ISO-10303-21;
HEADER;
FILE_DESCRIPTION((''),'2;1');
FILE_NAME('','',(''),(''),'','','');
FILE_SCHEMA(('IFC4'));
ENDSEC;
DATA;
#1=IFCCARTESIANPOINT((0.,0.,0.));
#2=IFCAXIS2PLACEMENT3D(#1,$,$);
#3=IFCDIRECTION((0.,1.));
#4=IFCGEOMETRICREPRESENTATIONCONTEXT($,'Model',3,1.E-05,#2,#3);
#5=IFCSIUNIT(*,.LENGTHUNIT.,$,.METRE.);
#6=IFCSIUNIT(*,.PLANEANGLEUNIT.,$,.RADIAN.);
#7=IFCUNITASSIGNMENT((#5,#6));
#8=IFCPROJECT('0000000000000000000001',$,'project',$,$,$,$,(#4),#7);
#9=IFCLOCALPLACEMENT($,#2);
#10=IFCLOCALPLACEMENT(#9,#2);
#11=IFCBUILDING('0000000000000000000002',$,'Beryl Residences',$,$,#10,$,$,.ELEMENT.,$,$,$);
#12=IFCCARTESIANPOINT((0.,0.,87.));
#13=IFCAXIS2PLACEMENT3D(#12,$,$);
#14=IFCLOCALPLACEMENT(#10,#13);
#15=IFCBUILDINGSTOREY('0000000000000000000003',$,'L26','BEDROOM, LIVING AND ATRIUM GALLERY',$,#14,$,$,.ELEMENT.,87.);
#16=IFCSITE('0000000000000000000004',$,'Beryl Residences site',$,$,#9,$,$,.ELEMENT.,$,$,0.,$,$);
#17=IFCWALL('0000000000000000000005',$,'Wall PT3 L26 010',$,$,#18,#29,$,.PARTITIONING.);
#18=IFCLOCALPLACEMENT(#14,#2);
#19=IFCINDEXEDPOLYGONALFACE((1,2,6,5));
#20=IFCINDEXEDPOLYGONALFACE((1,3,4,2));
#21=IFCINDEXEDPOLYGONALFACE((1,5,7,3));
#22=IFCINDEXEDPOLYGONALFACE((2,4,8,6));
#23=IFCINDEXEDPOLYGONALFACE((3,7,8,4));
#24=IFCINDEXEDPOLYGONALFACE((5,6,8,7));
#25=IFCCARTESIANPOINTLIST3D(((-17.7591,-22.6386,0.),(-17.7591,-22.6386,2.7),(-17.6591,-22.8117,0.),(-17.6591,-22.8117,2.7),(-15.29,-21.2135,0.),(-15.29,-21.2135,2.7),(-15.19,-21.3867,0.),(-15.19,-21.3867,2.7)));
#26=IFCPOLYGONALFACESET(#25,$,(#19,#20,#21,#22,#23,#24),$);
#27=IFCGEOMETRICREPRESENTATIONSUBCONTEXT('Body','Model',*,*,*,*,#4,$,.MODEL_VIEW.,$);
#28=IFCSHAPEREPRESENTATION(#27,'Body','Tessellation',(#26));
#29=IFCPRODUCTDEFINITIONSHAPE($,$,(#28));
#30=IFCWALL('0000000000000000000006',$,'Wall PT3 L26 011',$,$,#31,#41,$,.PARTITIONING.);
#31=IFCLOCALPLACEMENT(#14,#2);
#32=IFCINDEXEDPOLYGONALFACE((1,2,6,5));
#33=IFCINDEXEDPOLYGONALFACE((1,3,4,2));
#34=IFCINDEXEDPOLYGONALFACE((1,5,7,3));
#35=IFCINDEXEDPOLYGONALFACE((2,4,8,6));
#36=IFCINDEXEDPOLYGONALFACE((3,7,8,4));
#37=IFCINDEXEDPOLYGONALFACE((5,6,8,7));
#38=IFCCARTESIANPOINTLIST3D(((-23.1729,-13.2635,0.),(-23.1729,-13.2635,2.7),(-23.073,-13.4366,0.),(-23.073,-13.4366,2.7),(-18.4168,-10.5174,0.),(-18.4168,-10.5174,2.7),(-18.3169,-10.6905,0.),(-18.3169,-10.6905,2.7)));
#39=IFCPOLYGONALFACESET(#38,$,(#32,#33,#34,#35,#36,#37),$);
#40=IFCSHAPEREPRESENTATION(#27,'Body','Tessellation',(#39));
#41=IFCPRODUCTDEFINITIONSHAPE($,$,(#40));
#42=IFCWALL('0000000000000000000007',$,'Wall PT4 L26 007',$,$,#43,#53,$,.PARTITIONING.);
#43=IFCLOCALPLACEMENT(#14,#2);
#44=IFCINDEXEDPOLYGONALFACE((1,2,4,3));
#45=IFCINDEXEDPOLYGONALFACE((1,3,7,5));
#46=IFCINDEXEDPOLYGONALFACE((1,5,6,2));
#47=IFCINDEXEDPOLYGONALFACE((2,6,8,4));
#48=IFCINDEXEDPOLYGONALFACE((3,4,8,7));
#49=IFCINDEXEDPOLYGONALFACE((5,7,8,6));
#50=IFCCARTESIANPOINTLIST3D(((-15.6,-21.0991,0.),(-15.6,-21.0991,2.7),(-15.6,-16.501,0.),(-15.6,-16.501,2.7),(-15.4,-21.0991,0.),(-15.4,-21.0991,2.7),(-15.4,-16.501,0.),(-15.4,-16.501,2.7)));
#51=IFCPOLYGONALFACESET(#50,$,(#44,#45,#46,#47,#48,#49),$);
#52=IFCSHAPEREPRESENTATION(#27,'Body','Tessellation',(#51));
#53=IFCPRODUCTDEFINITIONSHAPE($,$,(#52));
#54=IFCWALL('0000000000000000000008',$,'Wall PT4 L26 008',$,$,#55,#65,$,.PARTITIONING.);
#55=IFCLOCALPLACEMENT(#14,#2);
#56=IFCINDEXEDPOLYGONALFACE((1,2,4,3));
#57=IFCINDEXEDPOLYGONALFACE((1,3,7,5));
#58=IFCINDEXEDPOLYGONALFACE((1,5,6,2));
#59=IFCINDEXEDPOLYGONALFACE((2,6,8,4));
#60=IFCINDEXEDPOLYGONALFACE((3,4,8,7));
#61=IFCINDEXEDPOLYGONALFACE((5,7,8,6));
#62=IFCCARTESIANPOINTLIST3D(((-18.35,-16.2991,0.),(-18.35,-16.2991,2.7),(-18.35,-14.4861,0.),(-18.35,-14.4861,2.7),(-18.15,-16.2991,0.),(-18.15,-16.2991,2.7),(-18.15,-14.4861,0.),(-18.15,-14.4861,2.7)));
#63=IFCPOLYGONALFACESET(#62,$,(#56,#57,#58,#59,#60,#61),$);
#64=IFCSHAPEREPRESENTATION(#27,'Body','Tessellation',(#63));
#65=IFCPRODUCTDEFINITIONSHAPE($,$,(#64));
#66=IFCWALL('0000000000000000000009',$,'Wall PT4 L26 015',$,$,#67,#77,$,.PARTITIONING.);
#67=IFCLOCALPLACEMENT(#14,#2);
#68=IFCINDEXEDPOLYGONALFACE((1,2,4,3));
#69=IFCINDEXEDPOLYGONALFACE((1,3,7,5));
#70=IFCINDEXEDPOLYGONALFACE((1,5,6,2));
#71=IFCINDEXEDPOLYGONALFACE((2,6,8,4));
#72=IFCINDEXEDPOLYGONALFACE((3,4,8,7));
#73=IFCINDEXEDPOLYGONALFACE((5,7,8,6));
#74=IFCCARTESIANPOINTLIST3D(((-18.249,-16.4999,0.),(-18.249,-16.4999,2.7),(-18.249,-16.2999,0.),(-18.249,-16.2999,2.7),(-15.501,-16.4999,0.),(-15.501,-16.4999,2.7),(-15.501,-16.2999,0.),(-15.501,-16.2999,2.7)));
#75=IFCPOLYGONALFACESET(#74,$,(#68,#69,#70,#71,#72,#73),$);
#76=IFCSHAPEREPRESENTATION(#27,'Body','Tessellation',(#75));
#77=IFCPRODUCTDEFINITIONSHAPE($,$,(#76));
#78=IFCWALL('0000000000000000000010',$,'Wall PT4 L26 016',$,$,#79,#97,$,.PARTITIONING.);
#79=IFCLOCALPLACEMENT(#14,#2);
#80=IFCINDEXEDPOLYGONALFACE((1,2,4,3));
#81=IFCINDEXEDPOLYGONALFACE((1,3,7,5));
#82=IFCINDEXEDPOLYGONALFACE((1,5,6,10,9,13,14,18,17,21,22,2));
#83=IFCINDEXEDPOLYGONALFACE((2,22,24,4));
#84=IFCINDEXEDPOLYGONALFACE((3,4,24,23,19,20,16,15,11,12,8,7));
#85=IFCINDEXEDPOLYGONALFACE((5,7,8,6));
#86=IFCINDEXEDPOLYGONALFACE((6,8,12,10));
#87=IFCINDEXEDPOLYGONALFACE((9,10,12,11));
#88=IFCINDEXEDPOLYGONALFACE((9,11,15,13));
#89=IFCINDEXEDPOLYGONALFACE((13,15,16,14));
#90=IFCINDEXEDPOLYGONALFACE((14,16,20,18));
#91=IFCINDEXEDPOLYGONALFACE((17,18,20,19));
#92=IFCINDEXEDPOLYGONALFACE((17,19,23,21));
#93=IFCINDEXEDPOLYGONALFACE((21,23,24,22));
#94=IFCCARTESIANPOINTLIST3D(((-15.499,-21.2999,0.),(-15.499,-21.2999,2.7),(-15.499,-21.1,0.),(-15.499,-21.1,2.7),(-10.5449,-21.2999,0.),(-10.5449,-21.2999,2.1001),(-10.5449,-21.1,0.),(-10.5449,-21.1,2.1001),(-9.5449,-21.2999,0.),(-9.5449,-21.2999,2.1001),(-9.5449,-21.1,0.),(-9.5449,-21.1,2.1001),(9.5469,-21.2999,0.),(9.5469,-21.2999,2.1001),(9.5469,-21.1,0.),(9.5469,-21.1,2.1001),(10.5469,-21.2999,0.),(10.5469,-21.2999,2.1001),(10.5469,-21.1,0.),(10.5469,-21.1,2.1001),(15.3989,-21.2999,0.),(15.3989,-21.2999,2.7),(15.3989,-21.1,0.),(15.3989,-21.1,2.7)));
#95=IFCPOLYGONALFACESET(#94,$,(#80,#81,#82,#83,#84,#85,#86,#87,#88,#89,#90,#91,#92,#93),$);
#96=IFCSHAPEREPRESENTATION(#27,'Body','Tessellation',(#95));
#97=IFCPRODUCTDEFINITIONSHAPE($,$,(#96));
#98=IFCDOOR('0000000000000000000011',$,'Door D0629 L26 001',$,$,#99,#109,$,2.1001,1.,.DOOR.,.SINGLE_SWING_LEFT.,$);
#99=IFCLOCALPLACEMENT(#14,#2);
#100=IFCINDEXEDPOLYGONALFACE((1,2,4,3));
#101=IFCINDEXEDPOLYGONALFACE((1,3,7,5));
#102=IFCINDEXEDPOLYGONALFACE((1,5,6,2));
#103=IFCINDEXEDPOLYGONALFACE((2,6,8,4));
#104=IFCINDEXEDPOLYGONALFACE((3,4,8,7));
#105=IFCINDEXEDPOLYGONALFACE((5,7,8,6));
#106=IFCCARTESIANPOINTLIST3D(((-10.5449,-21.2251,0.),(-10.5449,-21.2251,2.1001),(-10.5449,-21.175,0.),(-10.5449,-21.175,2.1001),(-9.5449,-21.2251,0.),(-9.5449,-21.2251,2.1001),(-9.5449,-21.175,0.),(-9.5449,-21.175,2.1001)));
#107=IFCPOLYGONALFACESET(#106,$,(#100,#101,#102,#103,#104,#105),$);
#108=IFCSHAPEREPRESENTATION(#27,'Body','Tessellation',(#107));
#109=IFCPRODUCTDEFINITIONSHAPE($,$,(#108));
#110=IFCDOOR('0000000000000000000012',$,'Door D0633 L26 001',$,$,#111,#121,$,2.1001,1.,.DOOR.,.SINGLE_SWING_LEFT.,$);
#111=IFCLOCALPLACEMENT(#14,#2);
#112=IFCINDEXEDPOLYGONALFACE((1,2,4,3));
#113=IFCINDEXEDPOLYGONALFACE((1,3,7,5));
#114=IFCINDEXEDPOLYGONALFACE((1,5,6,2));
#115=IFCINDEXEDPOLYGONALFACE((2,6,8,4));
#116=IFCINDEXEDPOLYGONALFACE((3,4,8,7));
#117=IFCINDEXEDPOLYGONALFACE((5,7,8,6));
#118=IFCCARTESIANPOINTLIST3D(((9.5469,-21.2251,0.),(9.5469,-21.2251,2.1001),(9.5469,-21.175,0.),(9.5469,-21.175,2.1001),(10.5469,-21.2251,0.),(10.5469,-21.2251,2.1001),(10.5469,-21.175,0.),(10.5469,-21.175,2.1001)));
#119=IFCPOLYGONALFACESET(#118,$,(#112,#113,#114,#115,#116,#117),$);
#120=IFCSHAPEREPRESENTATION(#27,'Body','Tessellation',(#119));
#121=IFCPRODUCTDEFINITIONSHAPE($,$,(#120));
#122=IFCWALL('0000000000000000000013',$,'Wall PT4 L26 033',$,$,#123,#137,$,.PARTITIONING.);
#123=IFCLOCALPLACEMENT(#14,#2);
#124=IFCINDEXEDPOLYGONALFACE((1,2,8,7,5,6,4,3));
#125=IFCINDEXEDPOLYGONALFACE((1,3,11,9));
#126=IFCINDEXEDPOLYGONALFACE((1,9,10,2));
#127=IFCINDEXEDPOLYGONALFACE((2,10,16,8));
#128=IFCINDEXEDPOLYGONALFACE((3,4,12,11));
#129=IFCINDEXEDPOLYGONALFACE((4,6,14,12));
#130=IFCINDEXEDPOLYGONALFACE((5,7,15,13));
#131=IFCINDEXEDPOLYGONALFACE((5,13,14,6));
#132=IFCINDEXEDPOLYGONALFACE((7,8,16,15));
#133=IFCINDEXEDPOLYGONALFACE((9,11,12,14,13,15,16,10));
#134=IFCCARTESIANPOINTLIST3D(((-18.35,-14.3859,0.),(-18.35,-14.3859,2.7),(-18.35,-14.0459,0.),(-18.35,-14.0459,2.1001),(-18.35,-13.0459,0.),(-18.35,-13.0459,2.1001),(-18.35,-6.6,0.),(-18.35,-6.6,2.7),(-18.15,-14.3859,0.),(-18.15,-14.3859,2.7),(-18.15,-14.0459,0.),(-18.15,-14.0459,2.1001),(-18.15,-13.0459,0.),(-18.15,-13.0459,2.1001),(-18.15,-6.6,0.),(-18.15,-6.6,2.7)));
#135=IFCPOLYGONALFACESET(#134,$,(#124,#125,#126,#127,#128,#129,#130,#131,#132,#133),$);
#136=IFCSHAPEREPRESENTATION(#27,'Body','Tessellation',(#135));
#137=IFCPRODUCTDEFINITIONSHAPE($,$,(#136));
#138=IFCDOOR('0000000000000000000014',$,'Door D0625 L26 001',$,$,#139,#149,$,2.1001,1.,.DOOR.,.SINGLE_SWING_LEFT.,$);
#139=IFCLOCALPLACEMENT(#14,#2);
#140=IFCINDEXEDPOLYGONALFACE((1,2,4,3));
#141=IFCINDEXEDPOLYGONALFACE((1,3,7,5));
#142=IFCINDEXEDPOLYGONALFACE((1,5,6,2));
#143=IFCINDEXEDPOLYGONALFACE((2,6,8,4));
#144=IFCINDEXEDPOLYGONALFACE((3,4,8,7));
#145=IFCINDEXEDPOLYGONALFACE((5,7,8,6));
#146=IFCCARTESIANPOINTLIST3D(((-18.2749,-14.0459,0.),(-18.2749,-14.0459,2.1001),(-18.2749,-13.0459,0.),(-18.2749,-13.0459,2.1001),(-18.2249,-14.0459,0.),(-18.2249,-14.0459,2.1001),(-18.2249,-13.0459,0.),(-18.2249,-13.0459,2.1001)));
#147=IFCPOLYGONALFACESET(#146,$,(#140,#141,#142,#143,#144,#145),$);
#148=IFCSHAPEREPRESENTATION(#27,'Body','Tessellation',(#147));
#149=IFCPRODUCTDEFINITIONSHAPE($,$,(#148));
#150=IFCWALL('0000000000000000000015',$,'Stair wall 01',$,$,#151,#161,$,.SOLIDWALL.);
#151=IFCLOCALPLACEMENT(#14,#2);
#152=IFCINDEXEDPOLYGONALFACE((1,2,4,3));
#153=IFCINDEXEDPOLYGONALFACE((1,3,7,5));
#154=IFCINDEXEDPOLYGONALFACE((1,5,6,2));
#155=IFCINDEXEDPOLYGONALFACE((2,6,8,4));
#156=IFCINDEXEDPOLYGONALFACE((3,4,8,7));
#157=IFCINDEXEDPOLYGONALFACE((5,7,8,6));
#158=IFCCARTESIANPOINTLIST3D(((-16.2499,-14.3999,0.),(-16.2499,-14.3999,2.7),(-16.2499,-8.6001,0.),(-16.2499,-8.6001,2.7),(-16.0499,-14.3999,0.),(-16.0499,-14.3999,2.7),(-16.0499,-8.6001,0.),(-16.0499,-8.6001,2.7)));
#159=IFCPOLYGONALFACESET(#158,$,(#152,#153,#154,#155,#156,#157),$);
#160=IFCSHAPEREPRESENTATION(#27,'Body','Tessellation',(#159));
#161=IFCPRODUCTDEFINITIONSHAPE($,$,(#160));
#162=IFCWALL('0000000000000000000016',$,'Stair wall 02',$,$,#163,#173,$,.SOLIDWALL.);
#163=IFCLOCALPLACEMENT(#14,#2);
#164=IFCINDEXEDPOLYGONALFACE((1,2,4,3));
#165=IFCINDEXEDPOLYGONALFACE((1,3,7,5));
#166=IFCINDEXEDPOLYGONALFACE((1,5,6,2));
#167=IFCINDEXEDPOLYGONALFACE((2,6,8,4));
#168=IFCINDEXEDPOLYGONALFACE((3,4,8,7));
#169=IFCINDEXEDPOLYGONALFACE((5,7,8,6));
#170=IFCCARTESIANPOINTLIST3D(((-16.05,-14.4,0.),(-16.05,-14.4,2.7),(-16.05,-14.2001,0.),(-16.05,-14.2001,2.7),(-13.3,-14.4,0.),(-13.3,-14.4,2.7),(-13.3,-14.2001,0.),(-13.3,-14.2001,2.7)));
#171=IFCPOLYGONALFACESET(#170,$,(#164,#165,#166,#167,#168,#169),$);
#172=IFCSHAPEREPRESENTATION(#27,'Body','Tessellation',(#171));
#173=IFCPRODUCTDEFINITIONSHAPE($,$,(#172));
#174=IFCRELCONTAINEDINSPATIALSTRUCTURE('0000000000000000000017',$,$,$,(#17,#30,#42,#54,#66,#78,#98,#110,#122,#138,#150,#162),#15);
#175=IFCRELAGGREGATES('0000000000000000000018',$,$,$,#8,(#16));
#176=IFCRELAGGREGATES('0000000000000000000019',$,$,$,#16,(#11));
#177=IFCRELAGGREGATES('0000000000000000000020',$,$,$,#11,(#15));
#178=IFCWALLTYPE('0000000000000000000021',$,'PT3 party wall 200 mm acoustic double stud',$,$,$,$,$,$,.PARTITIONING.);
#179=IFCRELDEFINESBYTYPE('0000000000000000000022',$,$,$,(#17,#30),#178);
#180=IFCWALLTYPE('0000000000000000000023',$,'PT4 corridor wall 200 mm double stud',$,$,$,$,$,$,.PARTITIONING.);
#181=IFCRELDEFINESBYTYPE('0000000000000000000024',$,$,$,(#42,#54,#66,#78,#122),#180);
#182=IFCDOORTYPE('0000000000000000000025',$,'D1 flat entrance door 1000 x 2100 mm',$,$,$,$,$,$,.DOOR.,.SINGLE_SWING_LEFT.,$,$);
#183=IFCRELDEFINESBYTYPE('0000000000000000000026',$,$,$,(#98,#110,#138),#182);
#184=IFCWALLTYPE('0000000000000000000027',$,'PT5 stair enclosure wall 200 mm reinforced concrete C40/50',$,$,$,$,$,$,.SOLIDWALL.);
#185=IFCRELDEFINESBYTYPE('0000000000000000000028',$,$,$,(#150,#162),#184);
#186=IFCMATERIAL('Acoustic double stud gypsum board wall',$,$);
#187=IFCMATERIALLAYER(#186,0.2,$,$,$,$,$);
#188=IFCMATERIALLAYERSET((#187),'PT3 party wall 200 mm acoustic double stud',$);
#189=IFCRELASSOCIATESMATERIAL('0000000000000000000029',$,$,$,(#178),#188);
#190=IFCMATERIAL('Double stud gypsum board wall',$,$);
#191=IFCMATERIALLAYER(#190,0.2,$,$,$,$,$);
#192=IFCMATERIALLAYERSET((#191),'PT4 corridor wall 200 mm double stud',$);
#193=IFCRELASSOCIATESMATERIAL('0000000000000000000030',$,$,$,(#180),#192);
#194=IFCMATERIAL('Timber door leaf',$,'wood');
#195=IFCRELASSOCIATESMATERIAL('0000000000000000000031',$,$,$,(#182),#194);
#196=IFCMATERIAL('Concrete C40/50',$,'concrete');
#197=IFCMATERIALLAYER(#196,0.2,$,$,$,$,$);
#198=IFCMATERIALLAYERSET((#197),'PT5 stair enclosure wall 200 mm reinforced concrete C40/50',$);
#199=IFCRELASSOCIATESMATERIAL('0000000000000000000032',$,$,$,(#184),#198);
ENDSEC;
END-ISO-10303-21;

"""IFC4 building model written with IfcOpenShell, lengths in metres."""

from ifc_helpers import new_model, si_unit, direction, frame, frame_2d, origin, place, context, subcontext, project, spatial, rectangle, extrude, material, layer, layer_set, type_object, element, fill, save


model = new_model("IFC4")

# Units and contexts
model_context = context("Model", 3, precision=1e-05, world=origin(), true_north=direction((0.0, 1.0)))
body_context = subcontext(model_context, "Body", "Model", "MODEL_VIEW")
ifc_project = project(units=[si_unit("LENGTHUNIT", "METRE"), si_unit("PLANEANGLEUNIT", "RADIAN")], contexts=[model_context])

# Site, building, storey
site_placement = place(None, origin())
site = spatial("IfcSite", under=ifc_project, at=site_placement, Name="Beryl Residences site", CompositionType="ELEMENT", RefElevation=0.0)
building_placement = place(site_placement, origin())
building = spatial("IfcBuilding", under=site, at=building_placement, Name="Beryl Residences", CompositionType="ELEMENT")
storey_placement = place(building_placement, frame((0.0, 0.0, 87.0)))
storey = spatial("IfcBuildingStorey", under=building, at=storey_placement, Name="L26", Description="BEDROOM, LIVING AND ATRIUM GALLERY", CompositionType="ELEMENT", Elevation=87.0)

# Walls
ifc_material_1 = material(Name="Acoustic double stud gypsum board wall")
ifc_layer_1 = layer(ifc_material_1, 0.2)
ifc_layer_set_1 = layer_set([ifc_layer_1], Name="PT3 party wall 200 mm acoustic double stud")
wall_type_1 = type_object("IfcWallType", Name="PT3 party wall 200 mm acoustic double stud", PredefinedType="PARTITIONING", material=ifc_layer_set_1)
wall_1_placement = place(storey_placement, frame((-17.709, -22.7251, 0.0), z_axis=(0.0, 0.0, 1.0), x_axis=(0.86609, 0.499888, 0.0)))
element("IfcWall", 1, at=wall_1_placement, inside=storey, type_object=wall_type_1, Name="Wall PT3 L26 010", PredefinedType="PARTITIONING", context=body_context, shape_type="SweptSolid", body=[
    extrude(rectangle(XDim=2.8508, YDim=0.2, at=frame_2d((1.4253, 0.0))), origin(), (0.0, 0.0, 1.0), 2.7),
])
wall_2_placement = place(storey_placement, frame((-23.123, -13.3501, 0.0), z_axis=(0.0, 0.0, 1.0), x_axis=(0.866013, 0.500021, 0.0)))
element("IfcWall", 2, at=wall_2_placement, inside=storey, type_object=wall_type_1, Name="Wall PT3 L26 011", PredefinedType="PARTITIONING", context=body_context, shape_type="SweptSolid", body=[
    extrude(rectangle(XDim=5.4919, YDim=0.2, at=frame_2d((2.7461, 0.0))), origin(), (0.0, 0.0, 1.0), 2.7),
])
ifc_material_2 = material(Name="Double stud gypsum board wall")
ifc_layer_2 = layer(ifc_material_2, 0.2)
ifc_layer_set_2 = layer_set([ifc_layer_2], Name="PT4 corridor wall 200 mm double stud")
wall_type_2 = type_object("IfcWallType", Name="PT4 corridor wall 200 mm double stud", PredefinedType="PARTITIONING", material=ifc_layer_set_2)
wall_3_placement = place(storey_placement, frame((-15.5, -16.501, 0.0), z_axis=(0.0, 0.0, 1.0), x_axis=(0.0, -1.0, 0.0)))
element("IfcWall", 3, at=wall_3_placement, inside=storey, type_object=wall_type_2, Name="Wall PT4 L26 007", PredefinedType="PARTITIONING", context=body_context, shape_type="SweptSolid", body=[
    extrude(rectangle(XDim=4.5981, YDim=0.2, at=frame_2d((2.2991, 0.0))), origin(), (0.0, 0.0, 1.0), 2.7),
])
wall_4_placement = place(storey_placement, frame((-18.25, -14.4861, 0.0), z_axis=(0.0, 0.0, 1.0), x_axis=(0.0, -1.0, 0.0)))
element("IfcWall", 4, at=wall_4_placement, inside=storey, type_object=wall_type_2, Name="Wall PT4 L26 008", PredefinedType="PARTITIONING", context=body_context, shape_type="SweptSolid", body=[
    extrude(rectangle(XDim=1.813, YDim=0.2, at=frame_2d((0.9065, 0.0))), origin(), (0.0, 0.0, 1.0), 2.7),
])
wall_5_placement = place(storey_placement, frame((-18.249, -16.3999, 0.0), z_axis=(0.0, 0.0, 1.0), x_axis=(1.0, 0.0, 0.0)))
element("IfcWall", 5, at=wall_5_placement, inside=storey, type_object=wall_type_2, Name="Wall PT4 L26 015", PredefinedType="PARTITIONING", context=body_context, shape_type="SweptSolid", body=[
    extrude(rectangle(XDim=2.748, YDim=0.2, at=frame_2d((1.374, 0.0))), origin(), (0.0, 0.0, 1.0), 2.7),
])

# Wall, openings, doors
wall_6_placement = place(storey_placement, frame((-15.499, -21.2, 0.0), z_axis=(0.0, 0.0, 1.0), x_axis=(1.0, 0.0, 0.0)))
wall_6 = element("IfcWall", 6, at=wall_6_placement, inside=storey, type_object=wall_type_2, Name="Wall PT4 L26 016", PredefinedType="PARTITIONING", context=body_context, shape_type="SweptSolid", body=[
    extrude(rectangle(XDim=30.8979, YDim=0.2, at=frame_2d((15.449, 0.0))), origin(), (0.0, 0.0, 1.0), 2.7),
])
opening_1_placement = place(wall_6_placement, frame((4.9541, 0.0, 0.0)))
opening_1 = element("IfcOpeningElement", 7, at=opening_1_placement, cuts=wall_6, PredefinedType="OPENING", context=body_context, shape_type="SweptSolid", body=[
    extrude(rectangle(XDim=1.0, YDim=2.1001, at=frame_2d((0.5, 1.05))), frame((0.0, 0.1099, 0.0), z_axis=(0.0, -1.0, 0.0), x_axis=(1.0, 0.0, 0.0)), (0.0, 0.0, 1.0), 0.22),
])
opening_2_placement = place(wall_6_placement, frame((25.0459, 0.0, 0.0)))
opening_2 = element("IfcOpeningElement", 8, at=opening_2_placement, cuts=wall_6, PredefinedType="OPENING", context=body_context, shape_type="SweptSolid", body=[
    extrude(rectangle(XDim=1.0, YDim=2.1001, at=frame_2d((0.5, 1.05))), frame((0.0, 0.1099, 0.0), z_axis=(0.0, -1.0, 0.0), x_axis=(1.0, 0.0, 0.0)), (0.0, 0.0, 1.0), 0.22),
])
ifc_material_3 = material(Name="Timber door leaf", Category="wood")
door_type_1 = type_object("IfcDoorType", Name="D1 flat entrance door 1000 x 2100 mm", OperationType="SINGLE_SWING_LEFT", PredefinedType="DOOR", material=ifc_material_3)
door_1_placement = place(opening_1_placement, origin())
door_1 = element("IfcDoor", 9, at=door_1_placement, inside=storey, type_object=door_type_1, Name="Door D0629 L26 001", OperationType="SINGLE_SWING_LEFT", OverallHeight=2.1001, OverallWidth=1.0, PredefinedType="DOOR", context=body_context, shape_type="SweptSolid", body=[
    extrude(rectangle(XDim=1.0, YDim=2.1001, at=frame_2d((0.5, 1.05))), frame((0.0, 0.0249, 0.0), z_axis=(0.0, -1.0, 0.0), x_axis=(1.0, 0.0, 0.0)), (0.0, 0.0, 1.0), 0.05),
])
fill(opening_1, door_1)
door_2_placement = place(opening_2_placement, origin())
door_2 = element("IfcDoor", 10, at=door_2_placement, inside=storey, type_object=door_type_1, Name="Door D0633 L26 001", OperationType="SINGLE_SWING_LEFT", OverallHeight=2.1001, OverallWidth=1.0, PredefinedType="DOOR", context=body_context, shape_type="SweptSolid", body=[
    extrude(rectangle(XDim=1.0, YDim=2.1001, at=frame_2d((0.5, 1.05))), frame((0.0, 0.0249, 0.0), z_axis=(0.0, -1.0, 0.0), x_axis=(1.0, 0.0, 0.0)), (0.0, 0.0, 1.0), 0.05),
])
fill(opening_2, door_2)

# Wall, opening, door
wall_7_placement = place(storey_placement, frame((-18.25, -14.386, 0.0), z_axis=(0.0, 0.0, 1.0), x_axis=(0.0, 1.0, 0.0)))
wall_7 = element("IfcWall", 11, at=wall_7_placement, inside=storey, type_object=wall_type_2, Name="Wall PT4 L26 033", PredefinedType="PARTITIONING", context=body_context, shape_type="SweptSolid", body=[
    extrude(rectangle(XDim=7.7859, YDim=0.2, at=frame_2d((3.8931, 0.0))), origin(), (0.0, 0.0, 1.0), 2.7),
])
opening_3_placement = place(wall_7_placement, frame((0.3401, 0.0, 0.0)))
opening_3 = element("IfcOpeningElement", 12, at=opening_3_placement, cuts=wall_7, PredefinedType="OPENING", context=body_context, shape_type="SweptSolid", body=[
    extrude(rectangle(XDim=1.0, YDim=2.1001, at=frame_2d((0.5, 1.05))), frame((0.0, 0.1099, 0.0), z_axis=(0.0, -1.0, 0.0), x_axis=(1.0, 0.0, 0.0)), (0.0, 0.0, 1.0), 0.22),
])
door_3_placement = place(opening_3_placement, origin())
door_3 = element("IfcDoor", 13, at=door_3_placement, inside=storey, type_object=door_type_1, Name="Door D0625 L26 001", OperationType="SINGLE_SWING_LEFT", OverallHeight=2.1001, OverallWidth=1.0, PredefinedType="DOOR", context=body_context, shape_type="SweptSolid", body=[
    extrude(rectangle(XDim=1.0, YDim=2.1001, at=frame_2d((0.5, 1.05))), frame((0.0, 0.0249, 0.0), z_axis=(0.0, -1.0, 0.0), x_axis=(1.0, 0.0, 0.0)), (0.0, 0.0, 1.0), 0.05),
])
fill(opening_3, door_3)

# Walls
ifc_material_4 = material(Name="Concrete C40/50", Category="concrete")
ifc_layer_3 = layer(ifc_material_4, 0.2)
ifc_layer_set_3 = layer_set([ifc_layer_3], Name="PT5 stair enclosure wall 200 mm reinforced concrete C40/50")
wall_type_3 = type_object("IfcWallType", Name="PT5 stair enclosure wall 200 mm reinforced concrete C40/50", PredefinedType="SOLIDWALL", material=ifc_layer_set_3)
wall_8_placement = place(storey_placement, frame((-16.1499, -14.3999, 0.0), z_axis=(0.0, 0.0, 1.0), x_axis=(0.0, 1.0, 0.0)))
element("IfcWall", 14, at=wall_8_placement, inside=storey, type_object=wall_type_3, Name="Stair wall 01", PredefinedType="SOLIDWALL", context=body_context, shape_type="SweptSolid", body=[
    extrude(rectangle(XDim=5.7998, YDim=0.2, at=frame_2d((2.8999, 0.0))), origin(), (0.0, 0.0, 1.0), 2.7),
])
wall_9_placement = place(storey_placement, frame((-16.05, -14.3, 0.0), z_axis=(0.0, 0.0, 1.0), x_axis=(1.0, 0.0, 0.0)))
element("IfcWall", 15, at=wall_9_placement, inside=storey, type_object=wall_type_3, Name="Stair wall 02", PredefinedType="SOLIDWALL", context=body_context, shape_type="SweptSolid", body=[
    extrude(rectangle(XDim=2.75, YDim=0.2, at=frame_2d((1.375, 0.0))), origin(), (0.0, 0.0, 1.0), 2.7),
])

save(model, "model.ifc")
